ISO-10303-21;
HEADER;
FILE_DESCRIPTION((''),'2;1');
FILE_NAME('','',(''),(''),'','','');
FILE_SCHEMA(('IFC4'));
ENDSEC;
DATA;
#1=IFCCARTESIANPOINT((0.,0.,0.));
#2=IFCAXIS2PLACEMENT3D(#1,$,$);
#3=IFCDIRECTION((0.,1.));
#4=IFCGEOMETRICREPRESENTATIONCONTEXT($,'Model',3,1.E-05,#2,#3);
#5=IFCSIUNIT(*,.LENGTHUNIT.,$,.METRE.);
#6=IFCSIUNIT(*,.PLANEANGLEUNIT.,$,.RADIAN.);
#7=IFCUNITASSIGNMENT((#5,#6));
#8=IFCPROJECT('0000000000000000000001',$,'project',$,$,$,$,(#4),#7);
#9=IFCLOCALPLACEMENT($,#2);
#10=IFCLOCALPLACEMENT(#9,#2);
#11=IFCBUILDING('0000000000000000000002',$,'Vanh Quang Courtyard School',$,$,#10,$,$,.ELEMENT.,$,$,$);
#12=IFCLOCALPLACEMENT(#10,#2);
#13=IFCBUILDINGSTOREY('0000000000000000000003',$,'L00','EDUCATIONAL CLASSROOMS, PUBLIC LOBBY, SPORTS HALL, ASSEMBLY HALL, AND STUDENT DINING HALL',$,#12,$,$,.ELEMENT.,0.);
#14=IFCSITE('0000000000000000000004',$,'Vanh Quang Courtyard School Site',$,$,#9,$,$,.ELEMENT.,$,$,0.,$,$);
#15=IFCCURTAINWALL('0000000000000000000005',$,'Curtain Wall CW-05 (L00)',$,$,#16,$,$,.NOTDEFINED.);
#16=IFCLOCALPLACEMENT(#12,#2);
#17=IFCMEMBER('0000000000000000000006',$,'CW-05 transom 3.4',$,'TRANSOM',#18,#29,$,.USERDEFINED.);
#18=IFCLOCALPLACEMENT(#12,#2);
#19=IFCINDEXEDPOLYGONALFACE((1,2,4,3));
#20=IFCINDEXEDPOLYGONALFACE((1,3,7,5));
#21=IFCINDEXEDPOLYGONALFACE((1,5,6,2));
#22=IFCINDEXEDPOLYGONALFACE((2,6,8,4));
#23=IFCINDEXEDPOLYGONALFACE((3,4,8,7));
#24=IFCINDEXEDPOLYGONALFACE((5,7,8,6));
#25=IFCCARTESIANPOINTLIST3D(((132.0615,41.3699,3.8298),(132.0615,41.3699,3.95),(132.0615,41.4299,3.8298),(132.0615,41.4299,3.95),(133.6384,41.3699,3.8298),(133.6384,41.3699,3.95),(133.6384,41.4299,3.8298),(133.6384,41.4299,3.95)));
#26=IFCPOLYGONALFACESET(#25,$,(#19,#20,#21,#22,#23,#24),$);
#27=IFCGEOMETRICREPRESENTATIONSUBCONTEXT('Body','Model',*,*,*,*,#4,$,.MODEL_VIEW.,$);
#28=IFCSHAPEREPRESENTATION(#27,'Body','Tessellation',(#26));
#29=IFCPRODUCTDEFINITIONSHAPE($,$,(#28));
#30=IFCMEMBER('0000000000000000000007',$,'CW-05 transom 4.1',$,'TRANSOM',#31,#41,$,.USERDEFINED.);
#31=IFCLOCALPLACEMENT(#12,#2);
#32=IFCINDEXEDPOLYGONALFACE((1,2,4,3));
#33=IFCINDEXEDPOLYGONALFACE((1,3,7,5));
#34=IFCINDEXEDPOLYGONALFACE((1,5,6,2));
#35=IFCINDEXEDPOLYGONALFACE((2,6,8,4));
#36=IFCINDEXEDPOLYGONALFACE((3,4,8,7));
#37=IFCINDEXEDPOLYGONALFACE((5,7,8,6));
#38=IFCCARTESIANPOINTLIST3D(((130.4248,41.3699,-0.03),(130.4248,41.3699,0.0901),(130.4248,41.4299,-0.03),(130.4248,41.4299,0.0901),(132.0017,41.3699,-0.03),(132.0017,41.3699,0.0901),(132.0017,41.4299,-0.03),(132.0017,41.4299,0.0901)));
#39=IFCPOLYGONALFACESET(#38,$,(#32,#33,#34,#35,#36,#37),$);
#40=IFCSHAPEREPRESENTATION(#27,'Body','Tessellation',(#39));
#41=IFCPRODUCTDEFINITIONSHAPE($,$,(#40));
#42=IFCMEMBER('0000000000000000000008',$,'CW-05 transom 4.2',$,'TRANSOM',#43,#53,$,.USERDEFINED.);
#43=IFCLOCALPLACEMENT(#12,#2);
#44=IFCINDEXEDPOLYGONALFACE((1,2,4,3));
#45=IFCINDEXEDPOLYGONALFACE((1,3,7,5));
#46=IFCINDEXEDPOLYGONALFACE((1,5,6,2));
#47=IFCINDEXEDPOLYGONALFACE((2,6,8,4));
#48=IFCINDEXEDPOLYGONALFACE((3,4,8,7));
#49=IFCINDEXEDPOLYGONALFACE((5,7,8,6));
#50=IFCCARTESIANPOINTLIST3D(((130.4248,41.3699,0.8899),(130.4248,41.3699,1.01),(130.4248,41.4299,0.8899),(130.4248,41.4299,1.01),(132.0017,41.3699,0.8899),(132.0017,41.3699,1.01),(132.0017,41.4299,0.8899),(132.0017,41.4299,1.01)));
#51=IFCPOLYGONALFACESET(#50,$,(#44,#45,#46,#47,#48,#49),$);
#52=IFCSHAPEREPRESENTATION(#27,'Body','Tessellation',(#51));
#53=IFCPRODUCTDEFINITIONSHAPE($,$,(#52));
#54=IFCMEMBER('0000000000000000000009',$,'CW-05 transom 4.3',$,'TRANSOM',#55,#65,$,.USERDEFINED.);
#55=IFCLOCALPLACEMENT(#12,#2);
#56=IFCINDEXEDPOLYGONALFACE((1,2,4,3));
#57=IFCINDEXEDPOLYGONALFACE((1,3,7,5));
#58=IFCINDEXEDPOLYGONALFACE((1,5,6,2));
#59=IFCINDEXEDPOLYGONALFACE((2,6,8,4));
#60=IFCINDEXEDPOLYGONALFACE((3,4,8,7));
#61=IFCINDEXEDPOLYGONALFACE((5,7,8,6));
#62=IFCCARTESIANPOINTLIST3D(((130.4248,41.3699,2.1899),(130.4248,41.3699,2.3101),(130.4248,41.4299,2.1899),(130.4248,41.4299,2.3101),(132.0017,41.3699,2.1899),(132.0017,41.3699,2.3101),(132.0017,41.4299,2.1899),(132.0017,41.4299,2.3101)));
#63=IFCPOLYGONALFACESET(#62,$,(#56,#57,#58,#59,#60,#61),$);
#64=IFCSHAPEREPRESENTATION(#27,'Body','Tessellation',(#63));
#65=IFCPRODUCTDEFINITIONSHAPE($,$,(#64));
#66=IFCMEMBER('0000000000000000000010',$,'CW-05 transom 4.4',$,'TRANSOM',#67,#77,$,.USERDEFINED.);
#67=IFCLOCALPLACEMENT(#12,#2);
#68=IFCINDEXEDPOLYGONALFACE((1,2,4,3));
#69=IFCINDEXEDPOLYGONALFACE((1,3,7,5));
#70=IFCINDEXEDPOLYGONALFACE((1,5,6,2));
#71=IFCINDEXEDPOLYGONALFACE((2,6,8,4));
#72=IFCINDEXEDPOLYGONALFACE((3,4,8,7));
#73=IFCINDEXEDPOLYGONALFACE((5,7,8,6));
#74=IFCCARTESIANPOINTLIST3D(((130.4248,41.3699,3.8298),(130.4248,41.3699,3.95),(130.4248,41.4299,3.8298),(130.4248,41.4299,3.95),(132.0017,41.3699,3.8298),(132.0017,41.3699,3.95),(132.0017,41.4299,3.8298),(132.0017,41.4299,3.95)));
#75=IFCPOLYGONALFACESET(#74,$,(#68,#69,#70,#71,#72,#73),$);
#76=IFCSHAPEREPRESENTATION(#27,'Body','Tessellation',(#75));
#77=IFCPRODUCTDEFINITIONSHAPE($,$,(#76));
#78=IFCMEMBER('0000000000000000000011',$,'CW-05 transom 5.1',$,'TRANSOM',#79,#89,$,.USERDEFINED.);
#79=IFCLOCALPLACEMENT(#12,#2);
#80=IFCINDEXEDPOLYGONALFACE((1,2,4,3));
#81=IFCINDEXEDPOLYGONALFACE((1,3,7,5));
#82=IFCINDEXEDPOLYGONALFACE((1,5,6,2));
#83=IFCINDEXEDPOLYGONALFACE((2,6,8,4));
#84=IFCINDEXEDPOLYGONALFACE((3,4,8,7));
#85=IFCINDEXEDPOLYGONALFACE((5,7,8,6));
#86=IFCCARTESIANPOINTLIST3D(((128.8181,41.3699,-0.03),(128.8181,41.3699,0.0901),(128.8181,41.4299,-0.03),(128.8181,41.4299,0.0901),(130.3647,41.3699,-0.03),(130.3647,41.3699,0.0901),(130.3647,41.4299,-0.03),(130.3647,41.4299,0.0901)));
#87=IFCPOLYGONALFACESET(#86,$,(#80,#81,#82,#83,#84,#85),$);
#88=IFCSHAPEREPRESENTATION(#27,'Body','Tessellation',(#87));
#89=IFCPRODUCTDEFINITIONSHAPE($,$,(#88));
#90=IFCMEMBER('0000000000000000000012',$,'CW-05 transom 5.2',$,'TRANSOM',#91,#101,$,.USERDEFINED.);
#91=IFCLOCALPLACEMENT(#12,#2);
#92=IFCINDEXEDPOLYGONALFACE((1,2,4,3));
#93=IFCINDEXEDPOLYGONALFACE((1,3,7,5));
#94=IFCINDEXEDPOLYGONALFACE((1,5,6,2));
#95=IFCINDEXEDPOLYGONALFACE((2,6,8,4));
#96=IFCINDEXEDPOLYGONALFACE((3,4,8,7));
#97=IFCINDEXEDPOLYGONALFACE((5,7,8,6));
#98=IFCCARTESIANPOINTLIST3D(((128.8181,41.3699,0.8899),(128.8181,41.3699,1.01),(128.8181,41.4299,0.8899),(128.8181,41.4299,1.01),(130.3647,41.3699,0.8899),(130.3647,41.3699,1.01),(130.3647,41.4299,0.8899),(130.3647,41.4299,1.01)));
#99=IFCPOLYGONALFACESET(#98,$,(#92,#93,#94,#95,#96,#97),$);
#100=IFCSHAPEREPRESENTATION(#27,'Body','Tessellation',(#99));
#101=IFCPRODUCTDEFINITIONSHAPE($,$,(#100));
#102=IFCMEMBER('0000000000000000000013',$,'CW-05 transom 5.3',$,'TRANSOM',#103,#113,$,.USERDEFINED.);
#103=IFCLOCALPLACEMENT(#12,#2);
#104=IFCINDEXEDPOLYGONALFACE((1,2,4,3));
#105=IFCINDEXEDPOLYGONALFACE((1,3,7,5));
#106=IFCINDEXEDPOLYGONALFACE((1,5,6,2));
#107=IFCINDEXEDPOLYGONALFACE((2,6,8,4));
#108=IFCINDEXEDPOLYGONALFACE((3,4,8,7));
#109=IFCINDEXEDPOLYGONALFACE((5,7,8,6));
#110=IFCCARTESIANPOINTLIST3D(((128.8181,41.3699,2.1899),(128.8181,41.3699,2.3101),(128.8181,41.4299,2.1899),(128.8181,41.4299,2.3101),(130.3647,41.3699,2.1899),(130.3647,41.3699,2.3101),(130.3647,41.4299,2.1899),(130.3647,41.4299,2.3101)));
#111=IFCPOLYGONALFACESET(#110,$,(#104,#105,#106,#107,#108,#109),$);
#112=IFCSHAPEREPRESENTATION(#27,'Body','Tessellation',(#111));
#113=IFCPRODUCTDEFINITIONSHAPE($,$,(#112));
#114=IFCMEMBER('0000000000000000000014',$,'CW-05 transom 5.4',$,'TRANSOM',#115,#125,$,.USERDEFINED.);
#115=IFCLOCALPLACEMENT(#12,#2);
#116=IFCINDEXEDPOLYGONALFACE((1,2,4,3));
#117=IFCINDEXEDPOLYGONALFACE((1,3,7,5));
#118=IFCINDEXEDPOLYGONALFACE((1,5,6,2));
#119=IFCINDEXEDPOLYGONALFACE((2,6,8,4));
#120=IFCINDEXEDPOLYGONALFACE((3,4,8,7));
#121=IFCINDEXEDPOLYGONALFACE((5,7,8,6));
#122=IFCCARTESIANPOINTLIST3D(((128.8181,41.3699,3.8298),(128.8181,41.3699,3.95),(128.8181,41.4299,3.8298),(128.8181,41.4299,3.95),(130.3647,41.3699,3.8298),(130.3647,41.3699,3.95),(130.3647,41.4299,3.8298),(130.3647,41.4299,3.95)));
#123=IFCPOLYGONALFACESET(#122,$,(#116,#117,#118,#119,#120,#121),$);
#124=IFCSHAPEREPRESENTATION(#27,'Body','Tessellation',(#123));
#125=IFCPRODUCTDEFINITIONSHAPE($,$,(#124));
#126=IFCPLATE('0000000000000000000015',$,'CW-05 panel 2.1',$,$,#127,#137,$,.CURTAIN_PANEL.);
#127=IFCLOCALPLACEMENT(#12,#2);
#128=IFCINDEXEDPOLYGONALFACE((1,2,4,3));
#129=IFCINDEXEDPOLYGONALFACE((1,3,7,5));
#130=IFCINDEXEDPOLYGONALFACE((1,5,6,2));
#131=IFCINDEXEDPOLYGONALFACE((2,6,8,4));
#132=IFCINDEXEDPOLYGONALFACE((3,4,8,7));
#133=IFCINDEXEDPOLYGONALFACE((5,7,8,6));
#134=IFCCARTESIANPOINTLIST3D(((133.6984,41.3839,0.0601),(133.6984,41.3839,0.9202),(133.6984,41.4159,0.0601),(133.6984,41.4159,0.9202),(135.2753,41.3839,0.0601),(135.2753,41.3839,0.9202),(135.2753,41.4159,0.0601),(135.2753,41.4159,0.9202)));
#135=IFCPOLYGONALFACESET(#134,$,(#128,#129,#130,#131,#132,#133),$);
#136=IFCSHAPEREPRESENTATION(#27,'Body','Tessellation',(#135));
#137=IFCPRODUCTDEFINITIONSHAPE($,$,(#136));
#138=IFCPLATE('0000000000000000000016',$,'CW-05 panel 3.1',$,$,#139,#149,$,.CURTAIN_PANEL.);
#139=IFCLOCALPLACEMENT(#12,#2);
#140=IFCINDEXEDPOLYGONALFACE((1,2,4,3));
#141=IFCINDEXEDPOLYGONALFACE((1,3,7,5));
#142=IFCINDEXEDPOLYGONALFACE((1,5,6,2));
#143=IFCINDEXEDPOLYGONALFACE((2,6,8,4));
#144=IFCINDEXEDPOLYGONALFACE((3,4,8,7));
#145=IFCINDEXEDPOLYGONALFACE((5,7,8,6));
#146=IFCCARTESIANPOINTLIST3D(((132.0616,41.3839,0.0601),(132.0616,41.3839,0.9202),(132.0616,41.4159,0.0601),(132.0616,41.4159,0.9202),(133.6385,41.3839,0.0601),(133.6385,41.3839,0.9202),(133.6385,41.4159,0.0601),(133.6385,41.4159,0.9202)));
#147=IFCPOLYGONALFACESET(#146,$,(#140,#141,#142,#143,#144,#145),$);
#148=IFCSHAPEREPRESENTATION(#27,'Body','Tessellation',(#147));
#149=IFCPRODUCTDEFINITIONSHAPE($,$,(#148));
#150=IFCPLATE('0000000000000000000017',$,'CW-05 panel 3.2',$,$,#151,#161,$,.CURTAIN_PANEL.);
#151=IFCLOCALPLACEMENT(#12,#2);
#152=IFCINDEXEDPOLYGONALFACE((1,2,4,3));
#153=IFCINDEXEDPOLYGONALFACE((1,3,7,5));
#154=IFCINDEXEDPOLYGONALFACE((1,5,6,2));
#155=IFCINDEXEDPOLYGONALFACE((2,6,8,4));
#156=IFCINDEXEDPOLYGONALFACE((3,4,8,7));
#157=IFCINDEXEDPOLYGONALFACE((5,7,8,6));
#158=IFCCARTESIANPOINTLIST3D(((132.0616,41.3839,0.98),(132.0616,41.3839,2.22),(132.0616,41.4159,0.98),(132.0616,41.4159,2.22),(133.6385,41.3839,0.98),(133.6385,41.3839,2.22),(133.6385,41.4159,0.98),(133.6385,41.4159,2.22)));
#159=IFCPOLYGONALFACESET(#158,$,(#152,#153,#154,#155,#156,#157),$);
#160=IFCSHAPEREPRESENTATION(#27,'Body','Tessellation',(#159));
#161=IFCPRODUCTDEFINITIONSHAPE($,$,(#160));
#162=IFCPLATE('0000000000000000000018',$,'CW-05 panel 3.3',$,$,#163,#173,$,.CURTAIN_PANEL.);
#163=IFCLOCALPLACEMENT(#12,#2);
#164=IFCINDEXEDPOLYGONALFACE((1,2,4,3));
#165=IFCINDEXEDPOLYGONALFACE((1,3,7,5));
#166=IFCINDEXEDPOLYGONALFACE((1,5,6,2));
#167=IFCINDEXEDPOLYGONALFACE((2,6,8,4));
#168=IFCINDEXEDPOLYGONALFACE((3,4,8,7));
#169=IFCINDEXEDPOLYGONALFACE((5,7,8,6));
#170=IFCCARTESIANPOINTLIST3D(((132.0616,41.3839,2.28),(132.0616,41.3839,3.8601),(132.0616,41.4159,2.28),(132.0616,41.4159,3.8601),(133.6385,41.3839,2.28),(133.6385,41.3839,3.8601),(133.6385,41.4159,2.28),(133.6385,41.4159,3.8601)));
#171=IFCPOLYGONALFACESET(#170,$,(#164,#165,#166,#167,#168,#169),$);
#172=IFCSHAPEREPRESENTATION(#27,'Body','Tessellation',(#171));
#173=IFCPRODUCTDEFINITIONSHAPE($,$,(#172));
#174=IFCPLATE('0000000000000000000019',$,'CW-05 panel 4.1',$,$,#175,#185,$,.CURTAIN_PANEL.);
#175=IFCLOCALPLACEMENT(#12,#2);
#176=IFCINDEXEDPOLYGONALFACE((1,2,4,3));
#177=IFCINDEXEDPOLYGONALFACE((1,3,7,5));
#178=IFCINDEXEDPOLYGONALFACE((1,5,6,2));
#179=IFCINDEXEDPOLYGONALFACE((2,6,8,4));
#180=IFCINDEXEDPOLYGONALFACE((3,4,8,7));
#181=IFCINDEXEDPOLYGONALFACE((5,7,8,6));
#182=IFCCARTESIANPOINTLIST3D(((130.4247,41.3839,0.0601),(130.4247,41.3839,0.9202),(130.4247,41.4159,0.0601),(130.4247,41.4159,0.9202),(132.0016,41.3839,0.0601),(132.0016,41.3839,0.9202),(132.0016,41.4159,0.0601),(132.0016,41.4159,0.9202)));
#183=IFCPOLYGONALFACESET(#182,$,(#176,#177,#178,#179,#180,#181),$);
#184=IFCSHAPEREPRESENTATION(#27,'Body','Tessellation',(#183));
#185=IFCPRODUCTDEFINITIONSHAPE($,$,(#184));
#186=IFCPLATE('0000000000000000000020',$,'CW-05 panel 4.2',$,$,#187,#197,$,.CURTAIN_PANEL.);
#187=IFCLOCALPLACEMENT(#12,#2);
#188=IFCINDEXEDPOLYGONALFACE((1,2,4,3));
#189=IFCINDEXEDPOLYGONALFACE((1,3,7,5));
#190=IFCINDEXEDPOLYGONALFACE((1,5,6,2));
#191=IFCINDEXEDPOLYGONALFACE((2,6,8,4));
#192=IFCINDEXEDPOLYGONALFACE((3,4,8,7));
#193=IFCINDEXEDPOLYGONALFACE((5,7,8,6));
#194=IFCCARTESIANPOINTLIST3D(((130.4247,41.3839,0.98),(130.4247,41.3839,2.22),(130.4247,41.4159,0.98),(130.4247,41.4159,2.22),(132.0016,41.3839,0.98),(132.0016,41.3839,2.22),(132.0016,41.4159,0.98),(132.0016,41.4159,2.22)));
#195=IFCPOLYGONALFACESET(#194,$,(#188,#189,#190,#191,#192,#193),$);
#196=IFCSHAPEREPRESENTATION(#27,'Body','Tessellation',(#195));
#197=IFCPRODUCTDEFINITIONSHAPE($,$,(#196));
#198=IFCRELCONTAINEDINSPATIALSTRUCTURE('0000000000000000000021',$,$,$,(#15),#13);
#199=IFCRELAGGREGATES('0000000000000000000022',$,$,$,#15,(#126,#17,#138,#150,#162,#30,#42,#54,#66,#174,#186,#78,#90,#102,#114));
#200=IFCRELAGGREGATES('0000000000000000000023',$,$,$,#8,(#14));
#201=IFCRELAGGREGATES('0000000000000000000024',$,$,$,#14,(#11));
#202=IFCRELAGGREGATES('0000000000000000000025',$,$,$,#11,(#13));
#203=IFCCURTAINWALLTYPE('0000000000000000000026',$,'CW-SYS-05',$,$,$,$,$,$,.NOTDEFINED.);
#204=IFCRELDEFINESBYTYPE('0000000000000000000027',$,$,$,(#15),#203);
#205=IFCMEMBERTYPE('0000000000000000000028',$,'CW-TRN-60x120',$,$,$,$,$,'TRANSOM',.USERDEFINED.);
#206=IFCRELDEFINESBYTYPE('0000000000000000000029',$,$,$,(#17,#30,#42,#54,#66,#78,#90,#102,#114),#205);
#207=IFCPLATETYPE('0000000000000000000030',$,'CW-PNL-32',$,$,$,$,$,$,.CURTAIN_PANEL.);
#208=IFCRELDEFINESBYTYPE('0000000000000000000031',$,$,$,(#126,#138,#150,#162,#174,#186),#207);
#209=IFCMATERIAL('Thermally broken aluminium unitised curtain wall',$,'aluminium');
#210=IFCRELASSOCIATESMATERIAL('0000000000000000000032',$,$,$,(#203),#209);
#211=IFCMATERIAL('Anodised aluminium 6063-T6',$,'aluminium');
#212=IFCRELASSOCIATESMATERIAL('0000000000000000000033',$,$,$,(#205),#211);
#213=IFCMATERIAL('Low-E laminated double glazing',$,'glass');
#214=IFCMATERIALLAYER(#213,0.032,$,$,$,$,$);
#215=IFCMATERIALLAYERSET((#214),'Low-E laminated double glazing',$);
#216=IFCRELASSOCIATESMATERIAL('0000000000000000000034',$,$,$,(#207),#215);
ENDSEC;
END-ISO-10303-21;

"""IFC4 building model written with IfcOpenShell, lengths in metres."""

from ifc_helpers import new_model, si_unit, direction, frame, origin, origin_2d, place, context, subcontext, project, spatial, rectangle, extrude, material, layer, layer_set, material_profile, profile_set, type_object, element, aggregate, save


model = new_model("IFC4")

# Units and contexts
model_context = context("Model", 3, precision=1e-05, world=origin(), true_north=direction((0.0, 1.0)))
body_context = subcontext(model_context, "Body", "Model", "MODEL_VIEW")
ifc_project = project(units=[si_unit("LENGTHUNIT", "METRE"), si_unit("PLANEANGLEUNIT", "RADIAN")], contexts=[model_context])

# Site, building, storey
site_placement = place(None, origin())
site = spatial("IfcSite", under=ifc_project, at=site_placement, Name="Vanh Quang Courtyard School Site", CompositionType="ELEMENT", RefElevation=0.0)
building_placement = place(site_placement, origin())
building = spatial("IfcBuilding", under=site, at=building_placement, Name="Vanh Quang Courtyard School", CompositionType="ELEMENT")
storey_placement = place(building_placement, origin())
storey = spatial("IfcBuildingStorey", under=building, at=storey_placement, Name="L00", Description="EDUCATIONAL CLASSROOMS, PUBLIC LOBBY, SPORTS HALL, ASSEMBLY HALL, AND STUDENT DINING HALL", CompositionType="ELEMENT", Elevation=0.0)

# Curtain wall, members, plates
ifc_material_1 = material(Name="Thermally broken aluminium unitised curtain wall", Category="aluminium")
curtain_wall_type = type_object("IfcCurtainWallType", Name="CW-SYS-05", PredefinedType="NOTDEFINED", material=ifc_material_1)
curtain_wall_placement = place(storey_placement, origin())
curtain_wall = element("IfcCurtainWall", 1, at=curtain_wall_placement, inside=storey, type_object=curtain_wall_type, Name="Curtain Wall CW-05 (L00)", PredefinedType="NOTDEFINED")
ifc_material_2 = material(Name="Anodised aluminium 6063-T6", Category="aluminium")
ifc_material_profile_1 = material_profile(ifc_material_2, rectangle(XDim=0.0601, YDim=0.1201, at=origin_2d()), Name="ALU-TRN 60x120")
ifc_profile_set_1 = profile_set([ifc_material_profile_1], Name="Anodised aluminium 6063-T6")
member_type_1 = type_object("IfcMemberType", Name="CW-TRN-60x120", ElementType="TRANSOM", PredefinedType="USERDEFINED", material=ifc_profile_set_1)
member_1_placement = place(storey_placement, frame((133.6384, 41.3999, 3.8899), z_axis=(-1.0, 0.0, 0.0), x_axis=(0.0, -1.0, 0.0)))
member_1 = element("IfcMember", 2, at=member_1_placement, type_object=member_type_1, Name="CW-05 transom 3.4", ObjectType="TRANSOM", PredefinedType="USERDEFINED", context=body_context, shape_type="SweptSolid", body=[
    extrude(rectangle(XDim=0.0601, YDim=0.1201, at=origin_2d()), origin(), (0.0, 0.0, 1.0), 1.5769),
])
member_2_placement = place(storey_placement, frame((132.0017, 41.3999, 0.03), z_axis=(-1.0, 0.0, 0.0), x_axis=(0.0, -1.0, 0.0)))
member_2 = element("IfcMember", 3, at=member_2_placement, type_object=member_type_1, Name="CW-05 transom 4.1", ObjectType="TRANSOM", PredefinedType="USERDEFINED", context=body_context, shape_type="SweptSolid", body=[
    extrude(rectangle(XDim=0.0601, YDim=0.1201, at=origin_2d()), origin(), (0.0, 0.0, 1.0), 1.5769),
])
member_3_placement = place(storey_placement, frame((132.0017, 41.3999, 0.95), z_axis=(-1.0, 0.0, 0.0), x_axis=(0.0, -1.0, 0.0)))
member_3 = element("IfcMember", 4, at=member_3_placement, type_object=member_type_1, Name="CW-05 transom 4.2", ObjectType="TRANSOM", PredefinedType="USERDEFINED", context=body_context, shape_type="SweptSolid", body=[
    extrude(rectangle(XDim=0.0601, YDim=0.1201, at=origin_2d()), origin(), (0.0, 0.0, 1.0), 1.5769),
])
member_4_placement = place(storey_placement, frame((132.0017, 41.3999, 2.25), z_axis=(-1.0, 0.0, 0.0), x_axis=(0.0, -1.0, 0.0)))
member_4 = element("IfcMember", 5, at=member_4_placement, type_object=member_type_1, Name="CW-05 transom 4.3", ObjectType="TRANSOM", PredefinedType="USERDEFINED", context=body_context, shape_type="SweptSolid", body=[
    extrude(rectangle(XDim=0.0601, YDim=0.1201, at=origin_2d()), origin(), (0.0, 0.0, 1.0), 1.5769),
])
member_5_placement = place(storey_placement, frame((132.0017, 41.3999, 3.8899), z_axis=(-1.0, 0.0, 0.0), x_axis=(0.0, -1.0, 0.0)))
member_5 = element("IfcMember", 6, at=member_5_placement, type_object=member_type_1, Name="CW-05 transom 4.4", ObjectType="TRANSOM", PredefinedType="USERDEFINED", context=body_context, shape_type="SweptSolid", body=[
    extrude(rectangle(XDim=0.0601, YDim=0.1201, at=origin_2d()), origin(), (0.0, 0.0, 1.0), 1.5769),
])
member_6_placement = place(storey_placement, frame((130.3647, 41.3999, 0.03), z_axis=(-1.0, 0.0, 0.0), x_axis=(0.0, -1.0, 0.0)))
member_6 = element("IfcMember", 7, at=member_6_placement, type_object=member_type_1, Name="CW-05 transom 5.1", ObjectType="TRANSOM", PredefinedType="USERDEFINED", context=body_context, shape_type="SweptSolid", body=[
    extrude(rectangle(XDim=0.0601, YDim=0.1201, at=origin_2d()), origin(), (0.0, 0.0, 1.0), 1.5466),
])
member_7_placement = place(storey_placement, frame((130.3647, 41.3999, 0.95), z_axis=(-1.0, 0.0, 0.0), x_axis=(0.0, -1.0, 0.0)))
member_7 = element("IfcMember", 8, at=member_7_placement, type_object=member_type_1, Name="CW-05 transom 5.2", ObjectType="TRANSOM", PredefinedType="USERDEFINED", context=body_context, shape_type="SweptSolid", body=[
    extrude(rectangle(XDim=0.0601, YDim=0.1201, at=origin_2d()), origin(), (0.0, 0.0, 1.0), 1.5466),
])
member_8_placement = place(storey_placement, frame((130.3647, 41.3999, 2.25), z_axis=(-1.0, 0.0, 0.0), x_axis=(0.0, -1.0, 0.0)))
member_8 = element("IfcMember", 9, at=member_8_placement, type_object=member_type_1, Name="CW-05 transom 5.3", ObjectType="TRANSOM", PredefinedType="USERDEFINED", context=body_context, shape_type="SweptSolid", body=[
    extrude(rectangle(XDim=0.0601, YDim=0.1201, at=origin_2d()), origin(), (0.0, 0.0, 1.0), 1.5466),
])
member_9_placement = place(storey_placement, frame((130.3647, 41.3999, 3.8899), z_axis=(-1.0, 0.0, 0.0), x_axis=(0.0, -1.0, 0.0)))
member_9 = element("IfcMember", 10, at=member_9_placement, type_object=member_type_1, Name="CW-05 transom 5.4", ObjectType="TRANSOM", PredefinedType="USERDEFINED", context=body_context, shape_type="SweptSolid", body=[
    extrude(rectangle(XDim=0.0601, YDim=0.1201, at=origin_2d()), origin(), (0.0, 0.0, 1.0), 1.5466),
])
ifc_material_3 = material(Name="Low-E laminated double glazing", Category="glass")
ifc_layer = layer(ifc_material_3, 0.032)
ifc_layer_set = layer_set([ifc_layer], Name="Low-E laminated double glazing")
plate_type = type_object("IfcPlateType", Name="CW-PNL-32", PredefinedType="CURTAIN_PANEL", material=ifc_layer_set)
plate_1_placement = place(storey_placement, frame((134.4868, 41.3999, 0.0601), z_axis=(0.0, 0.0, 1.0), x_axis=(-1.0, 0.0, 0.0)))
plate_1 = element("IfcPlate", 11, at=plate_1_placement, type_object=plate_type, Name="CW-05 panel 2.1", PredefinedType="CURTAIN_PANEL", context=body_context, shape_type="SweptSolid", body=[
    extrude(rectangle(XDim=1.5769, YDim=0.032, at=origin_2d()), origin(), (0.0, 0.0, 1.0), 0.8601),
])
plate_2_placement = place(storey_placement, frame((132.8501, 41.3999, 0.0601), z_axis=(0.0, 0.0, 1.0), x_axis=(-1.0, 0.0, 0.0)))
plate_2 = element("IfcPlate", 12, at=plate_2_placement, type_object=plate_type, Name="CW-05 panel 3.1", PredefinedType="CURTAIN_PANEL", context=body_context, shape_type="SweptSolid", body=[
    extrude(rectangle(XDim=1.5769, YDim=0.032, at=origin_2d()), origin(), (0.0, 0.0, 1.0), 0.8601),
])
plate_3_placement = place(storey_placement, frame((132.8501, 41.3999, 0.98), z_axis=(0.0, 0.0, 1.0), x_axis=(-1.0, 0.0, 0.0)))
plate_3 = element("IfcPlate", 13, at=plate_3_placement, type_object=plate_type, Name="CW-05 panel 3.2", PredefinedType="CURTAIN_PANEL", context=body_context, shape_type="SweptSolid", body=[
    extrude(rectangle(XDim=1.5769, YDim=0.032, at=origin_2d()), origin(), (0.0, 0.0, 1.0), 1.24),
])
plate_4_placement = place(storey_placement, frame((132.8501, 41.3999, 2.28), z_axis=(0.0, 0.0, 1.0), x_axis=(-1.0, 0.0, 0.0)))
plate_4 = element("IfcPlate", 14, at=plate_4_placement, type_object=plate_type, Name="CW-05 panel 3.3", PredefinedType="CURTAIN_PANEL", context=body_context, shape_type="SweptSolid", body=[
    extrude(rectangle(XDim=1.5769, YDim=0.032, at=origin_2d()), origin(), (0.0, 0.0, 1.0), 1.5801),
])
plate_5_placement = place(storey_placement, frame((131.2131, 41.3999, 0.0601), z_axis=(0.0, 0.0, 1.0), x_axis=(-1.0, 0.0, 0.0)))
plate_5 = element("IfcPlate", 15, at=plate_5_placement, type_object=plate_type, Name="CW-05 panel 4.1", PredefinedType="CURTAIN_PANEL", context=body_context, shape_type="SweptSolid", body=[
    extrude(rectangle(XDim=1.5769, YDim=0.032, at=origin_2d()), origin(), (0.0, 0.0, 1.0), 0.8601),
])
plate_6_placement = place(storey_placement, frame((131.2131, 41.3999, 0.98), z_axis=(0.0, 0.0, 1.0), x_axis=(-1.0, 0.0, 0.0)))
plate_6 = element("IfcPlate", 16, at=plate_6_placement, type_object=plate_type, Name="CW-05 panel 4.2", PredefinedType="CURTAIN_PANEL", context=body_context, shape_type="SweptSolid", body=[
    extrude(rectangle(XDim=1.5769, YDim=0.032, at=origin_2d()), origin(), (0.0, 0.0, 1.0), 1.24),
])
aggregate(curtain_wall, [plate_1, member_1, plate_2, plate_3, plate_4, member_2, member_3, member_4, member_5, plate_5, plate_6, member_6, member_7, member_8, member_9])

save(model, "model.ifc")
